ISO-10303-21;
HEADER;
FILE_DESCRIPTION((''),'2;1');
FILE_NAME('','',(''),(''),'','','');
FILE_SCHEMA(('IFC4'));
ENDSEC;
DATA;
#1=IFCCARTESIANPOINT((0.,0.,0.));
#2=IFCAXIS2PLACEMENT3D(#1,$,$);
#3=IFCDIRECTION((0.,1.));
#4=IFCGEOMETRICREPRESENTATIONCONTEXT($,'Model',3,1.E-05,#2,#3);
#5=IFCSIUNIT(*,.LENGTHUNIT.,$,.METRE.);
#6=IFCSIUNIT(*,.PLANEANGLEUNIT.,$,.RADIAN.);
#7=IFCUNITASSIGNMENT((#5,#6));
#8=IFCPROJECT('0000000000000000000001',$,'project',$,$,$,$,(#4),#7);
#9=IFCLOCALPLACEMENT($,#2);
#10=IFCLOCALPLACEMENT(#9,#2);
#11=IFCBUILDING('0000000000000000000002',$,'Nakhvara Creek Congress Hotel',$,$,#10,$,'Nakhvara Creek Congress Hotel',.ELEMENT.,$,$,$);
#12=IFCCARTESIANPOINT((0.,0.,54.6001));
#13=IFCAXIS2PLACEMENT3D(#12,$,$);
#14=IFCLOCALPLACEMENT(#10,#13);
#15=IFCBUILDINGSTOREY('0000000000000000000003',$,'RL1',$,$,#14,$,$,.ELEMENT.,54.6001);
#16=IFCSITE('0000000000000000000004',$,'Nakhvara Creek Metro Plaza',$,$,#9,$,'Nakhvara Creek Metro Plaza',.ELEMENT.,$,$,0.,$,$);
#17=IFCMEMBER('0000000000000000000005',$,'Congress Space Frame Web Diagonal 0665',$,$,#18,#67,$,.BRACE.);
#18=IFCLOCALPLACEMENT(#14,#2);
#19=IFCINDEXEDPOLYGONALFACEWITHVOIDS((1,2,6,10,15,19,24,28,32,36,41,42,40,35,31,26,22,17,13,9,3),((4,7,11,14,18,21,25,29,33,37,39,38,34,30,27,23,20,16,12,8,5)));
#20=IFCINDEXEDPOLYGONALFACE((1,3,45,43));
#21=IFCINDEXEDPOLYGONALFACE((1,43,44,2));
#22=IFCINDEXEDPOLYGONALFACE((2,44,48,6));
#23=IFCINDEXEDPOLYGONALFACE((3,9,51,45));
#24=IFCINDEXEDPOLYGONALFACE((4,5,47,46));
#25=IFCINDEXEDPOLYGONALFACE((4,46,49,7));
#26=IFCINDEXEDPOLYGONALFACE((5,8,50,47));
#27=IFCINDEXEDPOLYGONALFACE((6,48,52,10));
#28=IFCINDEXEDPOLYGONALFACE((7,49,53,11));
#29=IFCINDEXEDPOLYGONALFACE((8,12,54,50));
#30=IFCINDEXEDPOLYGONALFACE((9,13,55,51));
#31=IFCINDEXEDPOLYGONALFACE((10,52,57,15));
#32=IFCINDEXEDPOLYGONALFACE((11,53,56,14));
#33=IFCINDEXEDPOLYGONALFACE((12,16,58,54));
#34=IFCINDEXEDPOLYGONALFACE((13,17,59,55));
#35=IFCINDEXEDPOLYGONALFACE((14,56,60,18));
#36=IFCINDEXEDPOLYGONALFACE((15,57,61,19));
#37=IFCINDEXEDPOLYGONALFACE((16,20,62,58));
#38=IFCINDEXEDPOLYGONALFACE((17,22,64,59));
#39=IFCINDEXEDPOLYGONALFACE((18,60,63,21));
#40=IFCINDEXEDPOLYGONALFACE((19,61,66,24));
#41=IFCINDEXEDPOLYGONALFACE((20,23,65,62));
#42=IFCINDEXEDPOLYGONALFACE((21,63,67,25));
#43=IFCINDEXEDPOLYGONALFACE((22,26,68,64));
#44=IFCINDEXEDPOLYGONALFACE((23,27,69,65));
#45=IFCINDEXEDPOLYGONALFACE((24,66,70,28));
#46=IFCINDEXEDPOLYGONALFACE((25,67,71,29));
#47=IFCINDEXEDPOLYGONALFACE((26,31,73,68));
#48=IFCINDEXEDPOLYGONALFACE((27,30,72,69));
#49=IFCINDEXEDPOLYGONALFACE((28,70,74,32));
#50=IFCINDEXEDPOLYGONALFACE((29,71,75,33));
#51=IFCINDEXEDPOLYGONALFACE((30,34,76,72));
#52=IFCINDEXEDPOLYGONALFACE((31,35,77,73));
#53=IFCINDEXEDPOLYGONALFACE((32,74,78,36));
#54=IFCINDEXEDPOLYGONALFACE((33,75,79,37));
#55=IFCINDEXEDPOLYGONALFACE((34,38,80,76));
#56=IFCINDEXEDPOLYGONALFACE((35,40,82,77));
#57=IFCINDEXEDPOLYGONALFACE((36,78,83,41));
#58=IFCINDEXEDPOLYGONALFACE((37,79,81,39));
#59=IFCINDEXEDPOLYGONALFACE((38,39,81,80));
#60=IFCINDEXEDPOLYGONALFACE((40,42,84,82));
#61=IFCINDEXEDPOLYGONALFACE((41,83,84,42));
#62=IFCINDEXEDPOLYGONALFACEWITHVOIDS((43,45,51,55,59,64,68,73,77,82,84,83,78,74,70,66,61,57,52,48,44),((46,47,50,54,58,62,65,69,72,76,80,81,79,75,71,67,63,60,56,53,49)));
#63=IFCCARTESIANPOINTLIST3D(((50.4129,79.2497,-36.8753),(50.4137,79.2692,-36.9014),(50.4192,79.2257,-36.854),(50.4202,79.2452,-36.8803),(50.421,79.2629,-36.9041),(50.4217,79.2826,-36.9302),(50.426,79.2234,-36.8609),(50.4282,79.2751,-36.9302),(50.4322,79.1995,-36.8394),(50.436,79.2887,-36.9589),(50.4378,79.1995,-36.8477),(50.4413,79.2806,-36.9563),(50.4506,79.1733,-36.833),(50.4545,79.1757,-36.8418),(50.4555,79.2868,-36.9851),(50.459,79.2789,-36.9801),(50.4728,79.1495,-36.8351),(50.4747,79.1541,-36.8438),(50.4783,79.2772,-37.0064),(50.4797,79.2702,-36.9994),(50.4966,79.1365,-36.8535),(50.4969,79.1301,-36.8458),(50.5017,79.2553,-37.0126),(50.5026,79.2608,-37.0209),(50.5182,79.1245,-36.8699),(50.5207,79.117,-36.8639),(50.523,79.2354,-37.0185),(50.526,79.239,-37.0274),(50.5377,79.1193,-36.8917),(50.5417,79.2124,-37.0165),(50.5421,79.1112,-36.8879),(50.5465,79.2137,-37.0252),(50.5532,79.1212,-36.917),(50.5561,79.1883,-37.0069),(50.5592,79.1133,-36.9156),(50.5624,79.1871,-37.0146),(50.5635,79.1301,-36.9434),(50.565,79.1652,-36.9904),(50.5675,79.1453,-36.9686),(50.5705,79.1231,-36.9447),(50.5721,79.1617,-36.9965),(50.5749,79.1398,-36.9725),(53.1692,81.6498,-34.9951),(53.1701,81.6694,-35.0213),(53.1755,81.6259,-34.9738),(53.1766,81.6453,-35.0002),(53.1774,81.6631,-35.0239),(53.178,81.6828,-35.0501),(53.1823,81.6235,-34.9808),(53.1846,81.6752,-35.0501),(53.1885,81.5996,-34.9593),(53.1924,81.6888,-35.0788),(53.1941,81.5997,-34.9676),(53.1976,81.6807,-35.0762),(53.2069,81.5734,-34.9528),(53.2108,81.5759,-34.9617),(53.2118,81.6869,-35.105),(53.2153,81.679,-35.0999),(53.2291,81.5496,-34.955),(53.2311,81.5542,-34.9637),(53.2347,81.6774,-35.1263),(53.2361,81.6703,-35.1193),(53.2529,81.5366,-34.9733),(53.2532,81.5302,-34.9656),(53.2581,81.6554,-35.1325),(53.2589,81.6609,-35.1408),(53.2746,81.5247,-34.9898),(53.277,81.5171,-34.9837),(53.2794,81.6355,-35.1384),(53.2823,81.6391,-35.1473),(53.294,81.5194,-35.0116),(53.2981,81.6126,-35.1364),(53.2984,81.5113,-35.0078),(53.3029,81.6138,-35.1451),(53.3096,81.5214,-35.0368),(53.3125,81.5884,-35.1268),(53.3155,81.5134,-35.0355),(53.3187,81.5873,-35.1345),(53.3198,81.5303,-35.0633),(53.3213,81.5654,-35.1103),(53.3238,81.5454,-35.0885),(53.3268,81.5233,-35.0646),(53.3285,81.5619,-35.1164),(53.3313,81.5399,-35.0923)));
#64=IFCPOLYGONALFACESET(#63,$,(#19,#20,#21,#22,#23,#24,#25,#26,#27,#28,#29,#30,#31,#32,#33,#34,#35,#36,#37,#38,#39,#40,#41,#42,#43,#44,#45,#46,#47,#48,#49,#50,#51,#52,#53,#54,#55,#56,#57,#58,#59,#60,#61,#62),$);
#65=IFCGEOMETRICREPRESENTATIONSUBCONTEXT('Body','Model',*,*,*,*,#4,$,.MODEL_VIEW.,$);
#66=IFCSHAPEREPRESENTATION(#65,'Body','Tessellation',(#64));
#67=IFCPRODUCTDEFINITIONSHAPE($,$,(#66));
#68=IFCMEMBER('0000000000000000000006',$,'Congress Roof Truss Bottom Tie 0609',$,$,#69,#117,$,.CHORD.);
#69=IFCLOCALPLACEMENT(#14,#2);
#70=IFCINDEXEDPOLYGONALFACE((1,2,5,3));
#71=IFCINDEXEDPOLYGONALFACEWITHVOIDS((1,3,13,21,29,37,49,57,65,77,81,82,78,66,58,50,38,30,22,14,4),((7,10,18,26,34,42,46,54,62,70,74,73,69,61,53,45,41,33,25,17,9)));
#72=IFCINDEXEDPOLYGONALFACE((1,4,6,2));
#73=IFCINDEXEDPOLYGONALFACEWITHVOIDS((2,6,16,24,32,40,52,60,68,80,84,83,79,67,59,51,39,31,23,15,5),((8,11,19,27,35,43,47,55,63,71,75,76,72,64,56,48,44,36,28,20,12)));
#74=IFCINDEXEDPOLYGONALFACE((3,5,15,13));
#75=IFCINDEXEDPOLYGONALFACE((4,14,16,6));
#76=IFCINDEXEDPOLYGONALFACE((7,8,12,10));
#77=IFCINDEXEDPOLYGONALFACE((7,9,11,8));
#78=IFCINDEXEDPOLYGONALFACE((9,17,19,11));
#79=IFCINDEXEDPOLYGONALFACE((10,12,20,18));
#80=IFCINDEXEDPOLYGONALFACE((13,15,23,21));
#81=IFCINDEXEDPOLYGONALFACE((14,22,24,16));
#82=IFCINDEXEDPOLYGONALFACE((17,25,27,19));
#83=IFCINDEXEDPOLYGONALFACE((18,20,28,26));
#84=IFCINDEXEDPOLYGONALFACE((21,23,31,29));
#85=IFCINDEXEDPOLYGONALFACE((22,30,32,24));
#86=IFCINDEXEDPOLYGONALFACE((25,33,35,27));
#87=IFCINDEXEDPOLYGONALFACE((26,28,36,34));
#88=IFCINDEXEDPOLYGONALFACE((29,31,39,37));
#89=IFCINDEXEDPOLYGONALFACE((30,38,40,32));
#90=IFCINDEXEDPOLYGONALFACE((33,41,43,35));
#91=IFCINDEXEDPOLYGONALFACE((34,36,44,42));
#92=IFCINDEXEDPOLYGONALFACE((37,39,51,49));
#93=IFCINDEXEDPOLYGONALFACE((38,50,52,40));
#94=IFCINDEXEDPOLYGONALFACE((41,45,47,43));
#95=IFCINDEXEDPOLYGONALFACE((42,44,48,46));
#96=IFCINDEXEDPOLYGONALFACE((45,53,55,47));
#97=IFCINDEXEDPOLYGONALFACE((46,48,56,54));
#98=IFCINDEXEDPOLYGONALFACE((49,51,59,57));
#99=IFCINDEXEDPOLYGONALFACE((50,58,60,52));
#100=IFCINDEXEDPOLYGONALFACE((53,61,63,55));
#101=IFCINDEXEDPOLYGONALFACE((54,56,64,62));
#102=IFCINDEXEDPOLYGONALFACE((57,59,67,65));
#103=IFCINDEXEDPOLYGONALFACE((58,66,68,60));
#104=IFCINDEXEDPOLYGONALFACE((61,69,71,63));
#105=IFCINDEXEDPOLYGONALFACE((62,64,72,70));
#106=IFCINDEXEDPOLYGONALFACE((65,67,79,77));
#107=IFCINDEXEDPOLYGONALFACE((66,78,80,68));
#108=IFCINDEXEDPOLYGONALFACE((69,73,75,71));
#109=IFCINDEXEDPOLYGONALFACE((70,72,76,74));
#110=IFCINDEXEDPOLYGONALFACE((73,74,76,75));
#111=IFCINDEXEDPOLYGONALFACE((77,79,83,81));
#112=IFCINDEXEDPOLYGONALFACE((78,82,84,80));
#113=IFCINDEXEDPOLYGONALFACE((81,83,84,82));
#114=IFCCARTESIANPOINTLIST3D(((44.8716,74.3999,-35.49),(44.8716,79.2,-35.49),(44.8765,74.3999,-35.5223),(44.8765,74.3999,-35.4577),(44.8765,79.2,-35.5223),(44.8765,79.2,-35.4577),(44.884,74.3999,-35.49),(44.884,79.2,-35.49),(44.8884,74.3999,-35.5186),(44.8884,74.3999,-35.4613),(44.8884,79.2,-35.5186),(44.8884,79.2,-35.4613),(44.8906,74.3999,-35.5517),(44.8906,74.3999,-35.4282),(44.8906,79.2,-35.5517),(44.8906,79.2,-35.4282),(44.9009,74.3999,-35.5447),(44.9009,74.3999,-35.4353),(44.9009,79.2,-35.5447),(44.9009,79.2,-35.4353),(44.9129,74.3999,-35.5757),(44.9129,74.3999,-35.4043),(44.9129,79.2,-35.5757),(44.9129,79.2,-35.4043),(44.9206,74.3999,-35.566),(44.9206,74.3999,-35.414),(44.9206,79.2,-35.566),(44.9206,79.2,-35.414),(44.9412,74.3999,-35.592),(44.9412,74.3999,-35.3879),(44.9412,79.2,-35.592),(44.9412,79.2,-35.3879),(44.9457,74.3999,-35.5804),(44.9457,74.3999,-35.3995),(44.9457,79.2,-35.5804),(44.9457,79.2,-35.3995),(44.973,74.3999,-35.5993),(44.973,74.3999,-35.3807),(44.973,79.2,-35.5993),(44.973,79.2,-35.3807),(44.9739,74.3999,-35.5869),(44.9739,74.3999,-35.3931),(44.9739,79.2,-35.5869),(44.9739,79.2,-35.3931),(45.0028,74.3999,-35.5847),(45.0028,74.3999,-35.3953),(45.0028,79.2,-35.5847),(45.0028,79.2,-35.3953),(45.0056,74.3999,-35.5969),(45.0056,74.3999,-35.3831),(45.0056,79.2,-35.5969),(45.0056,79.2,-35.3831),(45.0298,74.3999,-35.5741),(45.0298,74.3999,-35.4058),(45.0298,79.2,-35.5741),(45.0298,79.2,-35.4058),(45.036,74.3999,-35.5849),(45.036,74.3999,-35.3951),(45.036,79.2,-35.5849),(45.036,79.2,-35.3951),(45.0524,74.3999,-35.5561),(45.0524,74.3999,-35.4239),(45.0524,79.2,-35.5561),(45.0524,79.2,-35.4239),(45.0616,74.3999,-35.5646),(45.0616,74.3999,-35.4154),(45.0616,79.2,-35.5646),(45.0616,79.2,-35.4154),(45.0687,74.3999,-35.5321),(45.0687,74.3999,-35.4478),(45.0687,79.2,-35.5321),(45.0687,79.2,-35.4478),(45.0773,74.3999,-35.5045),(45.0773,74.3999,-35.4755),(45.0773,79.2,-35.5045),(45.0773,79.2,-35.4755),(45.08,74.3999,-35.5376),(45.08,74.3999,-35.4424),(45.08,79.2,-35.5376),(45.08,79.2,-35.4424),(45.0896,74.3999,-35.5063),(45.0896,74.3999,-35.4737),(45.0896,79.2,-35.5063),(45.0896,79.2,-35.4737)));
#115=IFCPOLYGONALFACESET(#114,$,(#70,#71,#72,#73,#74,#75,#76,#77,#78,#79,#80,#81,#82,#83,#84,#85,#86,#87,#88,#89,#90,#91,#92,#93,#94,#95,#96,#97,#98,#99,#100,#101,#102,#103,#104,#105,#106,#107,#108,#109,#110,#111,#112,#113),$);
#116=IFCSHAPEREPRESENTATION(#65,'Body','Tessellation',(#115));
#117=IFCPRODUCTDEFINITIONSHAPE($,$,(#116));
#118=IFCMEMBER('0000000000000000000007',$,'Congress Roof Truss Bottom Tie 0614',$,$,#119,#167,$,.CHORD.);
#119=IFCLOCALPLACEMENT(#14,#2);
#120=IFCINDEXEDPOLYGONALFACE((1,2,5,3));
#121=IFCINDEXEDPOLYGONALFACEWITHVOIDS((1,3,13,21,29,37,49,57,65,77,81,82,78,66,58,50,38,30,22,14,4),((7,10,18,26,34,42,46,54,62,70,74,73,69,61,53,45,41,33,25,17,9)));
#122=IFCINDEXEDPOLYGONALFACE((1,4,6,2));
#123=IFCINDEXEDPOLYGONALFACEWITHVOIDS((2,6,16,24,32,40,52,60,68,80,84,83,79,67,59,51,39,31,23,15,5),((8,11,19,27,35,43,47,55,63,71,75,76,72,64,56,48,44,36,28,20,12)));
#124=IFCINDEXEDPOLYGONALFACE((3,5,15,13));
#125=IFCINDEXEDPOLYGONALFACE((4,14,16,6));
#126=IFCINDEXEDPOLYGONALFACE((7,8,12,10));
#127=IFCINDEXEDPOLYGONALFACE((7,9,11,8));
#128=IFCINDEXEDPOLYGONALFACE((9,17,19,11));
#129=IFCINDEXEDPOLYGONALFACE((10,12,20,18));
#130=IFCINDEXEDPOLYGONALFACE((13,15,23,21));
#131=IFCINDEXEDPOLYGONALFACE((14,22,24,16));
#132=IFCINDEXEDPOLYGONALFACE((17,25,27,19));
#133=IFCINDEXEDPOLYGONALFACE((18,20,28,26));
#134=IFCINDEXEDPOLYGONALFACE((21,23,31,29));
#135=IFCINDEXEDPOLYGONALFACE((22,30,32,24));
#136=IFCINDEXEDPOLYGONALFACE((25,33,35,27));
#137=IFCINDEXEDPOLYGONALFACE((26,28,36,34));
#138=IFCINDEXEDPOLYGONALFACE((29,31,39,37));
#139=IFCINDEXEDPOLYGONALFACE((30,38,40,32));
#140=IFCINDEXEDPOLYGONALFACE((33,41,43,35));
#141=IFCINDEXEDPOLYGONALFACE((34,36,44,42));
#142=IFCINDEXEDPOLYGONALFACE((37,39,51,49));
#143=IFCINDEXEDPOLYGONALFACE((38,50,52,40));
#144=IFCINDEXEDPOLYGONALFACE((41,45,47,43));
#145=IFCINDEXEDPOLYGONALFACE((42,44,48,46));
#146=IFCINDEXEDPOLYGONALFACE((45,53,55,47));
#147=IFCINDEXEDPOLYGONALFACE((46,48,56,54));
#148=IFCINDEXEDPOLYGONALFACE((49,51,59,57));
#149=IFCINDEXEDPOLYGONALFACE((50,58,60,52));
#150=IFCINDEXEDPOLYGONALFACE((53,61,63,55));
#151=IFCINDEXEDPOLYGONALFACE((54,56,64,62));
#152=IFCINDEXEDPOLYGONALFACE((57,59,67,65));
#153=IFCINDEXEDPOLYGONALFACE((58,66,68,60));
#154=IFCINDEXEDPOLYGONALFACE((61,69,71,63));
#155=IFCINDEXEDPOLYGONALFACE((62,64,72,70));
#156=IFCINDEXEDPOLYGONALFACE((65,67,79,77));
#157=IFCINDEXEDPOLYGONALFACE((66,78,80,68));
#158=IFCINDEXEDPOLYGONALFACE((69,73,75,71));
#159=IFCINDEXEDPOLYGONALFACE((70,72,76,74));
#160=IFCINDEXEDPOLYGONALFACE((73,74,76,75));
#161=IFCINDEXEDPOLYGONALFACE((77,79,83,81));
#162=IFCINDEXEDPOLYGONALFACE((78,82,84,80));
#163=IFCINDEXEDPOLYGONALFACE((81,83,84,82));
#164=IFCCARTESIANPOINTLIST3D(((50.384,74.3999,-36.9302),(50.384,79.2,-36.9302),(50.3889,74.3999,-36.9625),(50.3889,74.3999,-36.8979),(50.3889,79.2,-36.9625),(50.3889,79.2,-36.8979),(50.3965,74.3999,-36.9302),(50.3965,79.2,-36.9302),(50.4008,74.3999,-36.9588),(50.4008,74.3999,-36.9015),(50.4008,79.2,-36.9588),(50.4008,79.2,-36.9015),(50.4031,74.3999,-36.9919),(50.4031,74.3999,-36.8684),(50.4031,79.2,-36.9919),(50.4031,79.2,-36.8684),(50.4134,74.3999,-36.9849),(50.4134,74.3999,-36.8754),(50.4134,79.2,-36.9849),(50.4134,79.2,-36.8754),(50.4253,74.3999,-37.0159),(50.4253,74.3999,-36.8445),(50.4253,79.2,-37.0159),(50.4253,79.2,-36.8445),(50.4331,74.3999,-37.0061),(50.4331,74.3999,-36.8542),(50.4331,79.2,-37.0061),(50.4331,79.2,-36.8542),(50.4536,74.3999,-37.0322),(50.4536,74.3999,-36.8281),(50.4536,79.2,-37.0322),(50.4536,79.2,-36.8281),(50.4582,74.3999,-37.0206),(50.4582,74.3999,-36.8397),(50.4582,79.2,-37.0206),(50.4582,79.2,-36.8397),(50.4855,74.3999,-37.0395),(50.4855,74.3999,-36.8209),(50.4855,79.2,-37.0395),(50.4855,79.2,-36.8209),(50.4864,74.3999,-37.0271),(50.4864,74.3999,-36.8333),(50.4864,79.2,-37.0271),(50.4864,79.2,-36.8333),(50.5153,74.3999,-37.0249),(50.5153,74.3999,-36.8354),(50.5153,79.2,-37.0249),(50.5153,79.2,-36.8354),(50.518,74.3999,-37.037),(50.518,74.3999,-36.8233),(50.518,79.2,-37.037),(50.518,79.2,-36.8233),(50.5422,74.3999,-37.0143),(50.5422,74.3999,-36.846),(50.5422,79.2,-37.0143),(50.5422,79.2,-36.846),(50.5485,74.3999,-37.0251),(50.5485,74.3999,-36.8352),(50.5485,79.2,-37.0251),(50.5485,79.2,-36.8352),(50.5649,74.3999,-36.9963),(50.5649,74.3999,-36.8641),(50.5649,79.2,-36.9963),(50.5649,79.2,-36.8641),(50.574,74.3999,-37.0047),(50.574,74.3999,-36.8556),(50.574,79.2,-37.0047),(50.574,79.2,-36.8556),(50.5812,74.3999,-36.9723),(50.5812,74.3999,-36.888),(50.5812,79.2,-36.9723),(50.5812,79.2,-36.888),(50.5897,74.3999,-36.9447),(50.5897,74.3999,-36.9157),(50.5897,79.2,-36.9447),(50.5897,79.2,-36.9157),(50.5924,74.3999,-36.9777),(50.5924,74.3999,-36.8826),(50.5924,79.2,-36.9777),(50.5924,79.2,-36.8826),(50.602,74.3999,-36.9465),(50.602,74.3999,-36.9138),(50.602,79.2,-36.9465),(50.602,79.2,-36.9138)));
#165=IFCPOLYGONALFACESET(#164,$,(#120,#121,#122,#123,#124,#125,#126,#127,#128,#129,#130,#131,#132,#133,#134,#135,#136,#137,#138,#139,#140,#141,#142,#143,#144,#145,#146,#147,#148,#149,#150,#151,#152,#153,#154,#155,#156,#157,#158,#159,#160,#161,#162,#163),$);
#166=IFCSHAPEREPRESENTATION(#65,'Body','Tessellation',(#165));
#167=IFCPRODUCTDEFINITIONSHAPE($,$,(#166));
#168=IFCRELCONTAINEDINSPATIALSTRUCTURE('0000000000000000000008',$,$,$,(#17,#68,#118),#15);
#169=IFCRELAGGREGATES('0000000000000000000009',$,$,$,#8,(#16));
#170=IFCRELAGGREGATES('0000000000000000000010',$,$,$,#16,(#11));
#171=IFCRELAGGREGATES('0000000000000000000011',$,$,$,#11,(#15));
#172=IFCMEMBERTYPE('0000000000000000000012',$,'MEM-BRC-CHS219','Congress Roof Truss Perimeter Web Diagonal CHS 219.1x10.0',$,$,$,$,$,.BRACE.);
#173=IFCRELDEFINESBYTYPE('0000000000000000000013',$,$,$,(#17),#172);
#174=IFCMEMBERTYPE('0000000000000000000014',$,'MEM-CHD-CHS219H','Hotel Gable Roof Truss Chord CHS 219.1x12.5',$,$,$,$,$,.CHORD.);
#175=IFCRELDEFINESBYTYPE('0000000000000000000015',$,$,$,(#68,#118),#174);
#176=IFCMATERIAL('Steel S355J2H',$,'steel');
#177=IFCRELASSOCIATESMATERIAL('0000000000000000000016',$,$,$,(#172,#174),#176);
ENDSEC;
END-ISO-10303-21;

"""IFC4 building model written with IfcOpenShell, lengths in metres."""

from ifc_helpers import new_model, si_unit, direction, frame, origin, origin_2d, place, context, subcontext, project, spatial, hollow_circle, extrude, material, material_profile, profile_set, type_object, element, save


model = new_model("IFC4")

# Units and contexts
model_context = context("Model", 3, precision=1e-05, world=origin(), true_north=direction((0.0, 1.0)))
body_context = subcontext(model_context, "Body", "Model", "MODEL_VIEW")
ifc_project = project(units=[si_unit("LENGTHUNIT", "METRE"), si_unit("PLANEANGLEUNIT", "RADIAN")], contexts=[model_context])

# Site, building, storey
site_placement = place(None, origin())
site = spatial("IfcSite", under=ifc_project, at=site_placement, Name="Nakhvara Creek Metro Plaza", LongName="Nakhvara Creek Metro Plaza", CompositionType="ELEMENT", RefElevation=0.0)
building_placement = place(site_placement, origin())
building = spatial("IfcBuilding", under=site, at=building_placement, Name="Nakhvara Creek Congress Hotel", LongName="Nakhvara Creek Congress Hotel", CompositionType="ELEMENT")
storey_placement = place(building_placement, frame((0.0, 0.0, 54.6001)))
storey = spatial("IfcBuildingStorey", under=building, at=storey_placement, Name="RL1", CompositionType="ELEMENT", Elevation=54.6001)

# Members
ifc_material_1 = material(Name="Steel S355J2H", Category="steel")
ifc_material_profile_1 = material_profile(ifc_material_1, hollow_circle(Radius=0.1096, WallThickness=0.01, at=origin_2d()), Name="CHS 219.1x10.0", Category="LoadBearing")
ifc_profile_set_1 = profile_set([ifc_material_profile_1], Name="Steel S355J2H")
member_type_1 = type_object("IfcMemberType", Name="MEM-BRC-CHS219", Description="Congress Roof Truss Perimeter Web Diagonal CHS 219.1x10.0", PredefinedType="BRACE", material=ifc_profile_set_1)
member_1_placement = place(storey_placement, frame((50.4937, 79.2, -36.9302), z_axis=(0.670626, 0.583961, 0.457439), x_axis=(-0.656696, 0.754155, 0.0)))
element("IfcMember", 1, at=member_1_placement, inside=storey, type_object=member_type_1, Name="Congress Space Frame Web Diagonal 0665", PredefinedType="BRACE", context=body_context, shape_type="SweptSolid", body=[
    extrude(hollow_circle(Radius=0.1096, WallThickness=0.01, at=origin_2d()), origin(), (0.0, 0.0, 1.0), 4.1101),
])
ifc_material_profile_2 = material_profile(ifc_material_1, hollow_circle(Radius=0.1096, WallThickness=0.0125, at=origin_2d()), Name="CHS 219.1x12.5", Category="LoadBearing")
ifc_profile_set_2 = profile_set([ifc_material_profile_2], Name="Steel S355J2H")
member_type_2 = type_object("IfcMemberType", Name="MEM-CHD-CHS219H", Description="Hotel Gable Roof Truss Chord CHS 219.1x12.5", PredefinedType="CHORD", material=ifc_profile_set_2)
for number, where, z_axis, x_axis, name in (
    (2, (44.9812, 74.3999, -35.49), (0.0, 1.0, 0.0), (-1.0, 0.0, 0.0), "Congress Roof Truss Bottom Tie 0609"),
    (3, (50.4937, 74.3999, -36.9302), (0.0, 1.0, 0.0), (-1.0, 0.0, 0.0), "Congress Roof Truss Bottom Tie 0614"),
):
    element("IfcMember", number, at=place(storey_placement, frame(where, z_axis=z_axis, x_axis=x_axis)), inside=storey, type_object=member_type_2, Name=name, PredefinedType="CHORD", context=body_context, shape_type="SweptSolid", body=[
        extrude(hollow_circle(Radius=0.1096, WallThickness=0.0125, at=origin_2d()), origin(), (0.0, 0.0, 1.0), 4.8),
    ])

save(model, "model.ifc")
